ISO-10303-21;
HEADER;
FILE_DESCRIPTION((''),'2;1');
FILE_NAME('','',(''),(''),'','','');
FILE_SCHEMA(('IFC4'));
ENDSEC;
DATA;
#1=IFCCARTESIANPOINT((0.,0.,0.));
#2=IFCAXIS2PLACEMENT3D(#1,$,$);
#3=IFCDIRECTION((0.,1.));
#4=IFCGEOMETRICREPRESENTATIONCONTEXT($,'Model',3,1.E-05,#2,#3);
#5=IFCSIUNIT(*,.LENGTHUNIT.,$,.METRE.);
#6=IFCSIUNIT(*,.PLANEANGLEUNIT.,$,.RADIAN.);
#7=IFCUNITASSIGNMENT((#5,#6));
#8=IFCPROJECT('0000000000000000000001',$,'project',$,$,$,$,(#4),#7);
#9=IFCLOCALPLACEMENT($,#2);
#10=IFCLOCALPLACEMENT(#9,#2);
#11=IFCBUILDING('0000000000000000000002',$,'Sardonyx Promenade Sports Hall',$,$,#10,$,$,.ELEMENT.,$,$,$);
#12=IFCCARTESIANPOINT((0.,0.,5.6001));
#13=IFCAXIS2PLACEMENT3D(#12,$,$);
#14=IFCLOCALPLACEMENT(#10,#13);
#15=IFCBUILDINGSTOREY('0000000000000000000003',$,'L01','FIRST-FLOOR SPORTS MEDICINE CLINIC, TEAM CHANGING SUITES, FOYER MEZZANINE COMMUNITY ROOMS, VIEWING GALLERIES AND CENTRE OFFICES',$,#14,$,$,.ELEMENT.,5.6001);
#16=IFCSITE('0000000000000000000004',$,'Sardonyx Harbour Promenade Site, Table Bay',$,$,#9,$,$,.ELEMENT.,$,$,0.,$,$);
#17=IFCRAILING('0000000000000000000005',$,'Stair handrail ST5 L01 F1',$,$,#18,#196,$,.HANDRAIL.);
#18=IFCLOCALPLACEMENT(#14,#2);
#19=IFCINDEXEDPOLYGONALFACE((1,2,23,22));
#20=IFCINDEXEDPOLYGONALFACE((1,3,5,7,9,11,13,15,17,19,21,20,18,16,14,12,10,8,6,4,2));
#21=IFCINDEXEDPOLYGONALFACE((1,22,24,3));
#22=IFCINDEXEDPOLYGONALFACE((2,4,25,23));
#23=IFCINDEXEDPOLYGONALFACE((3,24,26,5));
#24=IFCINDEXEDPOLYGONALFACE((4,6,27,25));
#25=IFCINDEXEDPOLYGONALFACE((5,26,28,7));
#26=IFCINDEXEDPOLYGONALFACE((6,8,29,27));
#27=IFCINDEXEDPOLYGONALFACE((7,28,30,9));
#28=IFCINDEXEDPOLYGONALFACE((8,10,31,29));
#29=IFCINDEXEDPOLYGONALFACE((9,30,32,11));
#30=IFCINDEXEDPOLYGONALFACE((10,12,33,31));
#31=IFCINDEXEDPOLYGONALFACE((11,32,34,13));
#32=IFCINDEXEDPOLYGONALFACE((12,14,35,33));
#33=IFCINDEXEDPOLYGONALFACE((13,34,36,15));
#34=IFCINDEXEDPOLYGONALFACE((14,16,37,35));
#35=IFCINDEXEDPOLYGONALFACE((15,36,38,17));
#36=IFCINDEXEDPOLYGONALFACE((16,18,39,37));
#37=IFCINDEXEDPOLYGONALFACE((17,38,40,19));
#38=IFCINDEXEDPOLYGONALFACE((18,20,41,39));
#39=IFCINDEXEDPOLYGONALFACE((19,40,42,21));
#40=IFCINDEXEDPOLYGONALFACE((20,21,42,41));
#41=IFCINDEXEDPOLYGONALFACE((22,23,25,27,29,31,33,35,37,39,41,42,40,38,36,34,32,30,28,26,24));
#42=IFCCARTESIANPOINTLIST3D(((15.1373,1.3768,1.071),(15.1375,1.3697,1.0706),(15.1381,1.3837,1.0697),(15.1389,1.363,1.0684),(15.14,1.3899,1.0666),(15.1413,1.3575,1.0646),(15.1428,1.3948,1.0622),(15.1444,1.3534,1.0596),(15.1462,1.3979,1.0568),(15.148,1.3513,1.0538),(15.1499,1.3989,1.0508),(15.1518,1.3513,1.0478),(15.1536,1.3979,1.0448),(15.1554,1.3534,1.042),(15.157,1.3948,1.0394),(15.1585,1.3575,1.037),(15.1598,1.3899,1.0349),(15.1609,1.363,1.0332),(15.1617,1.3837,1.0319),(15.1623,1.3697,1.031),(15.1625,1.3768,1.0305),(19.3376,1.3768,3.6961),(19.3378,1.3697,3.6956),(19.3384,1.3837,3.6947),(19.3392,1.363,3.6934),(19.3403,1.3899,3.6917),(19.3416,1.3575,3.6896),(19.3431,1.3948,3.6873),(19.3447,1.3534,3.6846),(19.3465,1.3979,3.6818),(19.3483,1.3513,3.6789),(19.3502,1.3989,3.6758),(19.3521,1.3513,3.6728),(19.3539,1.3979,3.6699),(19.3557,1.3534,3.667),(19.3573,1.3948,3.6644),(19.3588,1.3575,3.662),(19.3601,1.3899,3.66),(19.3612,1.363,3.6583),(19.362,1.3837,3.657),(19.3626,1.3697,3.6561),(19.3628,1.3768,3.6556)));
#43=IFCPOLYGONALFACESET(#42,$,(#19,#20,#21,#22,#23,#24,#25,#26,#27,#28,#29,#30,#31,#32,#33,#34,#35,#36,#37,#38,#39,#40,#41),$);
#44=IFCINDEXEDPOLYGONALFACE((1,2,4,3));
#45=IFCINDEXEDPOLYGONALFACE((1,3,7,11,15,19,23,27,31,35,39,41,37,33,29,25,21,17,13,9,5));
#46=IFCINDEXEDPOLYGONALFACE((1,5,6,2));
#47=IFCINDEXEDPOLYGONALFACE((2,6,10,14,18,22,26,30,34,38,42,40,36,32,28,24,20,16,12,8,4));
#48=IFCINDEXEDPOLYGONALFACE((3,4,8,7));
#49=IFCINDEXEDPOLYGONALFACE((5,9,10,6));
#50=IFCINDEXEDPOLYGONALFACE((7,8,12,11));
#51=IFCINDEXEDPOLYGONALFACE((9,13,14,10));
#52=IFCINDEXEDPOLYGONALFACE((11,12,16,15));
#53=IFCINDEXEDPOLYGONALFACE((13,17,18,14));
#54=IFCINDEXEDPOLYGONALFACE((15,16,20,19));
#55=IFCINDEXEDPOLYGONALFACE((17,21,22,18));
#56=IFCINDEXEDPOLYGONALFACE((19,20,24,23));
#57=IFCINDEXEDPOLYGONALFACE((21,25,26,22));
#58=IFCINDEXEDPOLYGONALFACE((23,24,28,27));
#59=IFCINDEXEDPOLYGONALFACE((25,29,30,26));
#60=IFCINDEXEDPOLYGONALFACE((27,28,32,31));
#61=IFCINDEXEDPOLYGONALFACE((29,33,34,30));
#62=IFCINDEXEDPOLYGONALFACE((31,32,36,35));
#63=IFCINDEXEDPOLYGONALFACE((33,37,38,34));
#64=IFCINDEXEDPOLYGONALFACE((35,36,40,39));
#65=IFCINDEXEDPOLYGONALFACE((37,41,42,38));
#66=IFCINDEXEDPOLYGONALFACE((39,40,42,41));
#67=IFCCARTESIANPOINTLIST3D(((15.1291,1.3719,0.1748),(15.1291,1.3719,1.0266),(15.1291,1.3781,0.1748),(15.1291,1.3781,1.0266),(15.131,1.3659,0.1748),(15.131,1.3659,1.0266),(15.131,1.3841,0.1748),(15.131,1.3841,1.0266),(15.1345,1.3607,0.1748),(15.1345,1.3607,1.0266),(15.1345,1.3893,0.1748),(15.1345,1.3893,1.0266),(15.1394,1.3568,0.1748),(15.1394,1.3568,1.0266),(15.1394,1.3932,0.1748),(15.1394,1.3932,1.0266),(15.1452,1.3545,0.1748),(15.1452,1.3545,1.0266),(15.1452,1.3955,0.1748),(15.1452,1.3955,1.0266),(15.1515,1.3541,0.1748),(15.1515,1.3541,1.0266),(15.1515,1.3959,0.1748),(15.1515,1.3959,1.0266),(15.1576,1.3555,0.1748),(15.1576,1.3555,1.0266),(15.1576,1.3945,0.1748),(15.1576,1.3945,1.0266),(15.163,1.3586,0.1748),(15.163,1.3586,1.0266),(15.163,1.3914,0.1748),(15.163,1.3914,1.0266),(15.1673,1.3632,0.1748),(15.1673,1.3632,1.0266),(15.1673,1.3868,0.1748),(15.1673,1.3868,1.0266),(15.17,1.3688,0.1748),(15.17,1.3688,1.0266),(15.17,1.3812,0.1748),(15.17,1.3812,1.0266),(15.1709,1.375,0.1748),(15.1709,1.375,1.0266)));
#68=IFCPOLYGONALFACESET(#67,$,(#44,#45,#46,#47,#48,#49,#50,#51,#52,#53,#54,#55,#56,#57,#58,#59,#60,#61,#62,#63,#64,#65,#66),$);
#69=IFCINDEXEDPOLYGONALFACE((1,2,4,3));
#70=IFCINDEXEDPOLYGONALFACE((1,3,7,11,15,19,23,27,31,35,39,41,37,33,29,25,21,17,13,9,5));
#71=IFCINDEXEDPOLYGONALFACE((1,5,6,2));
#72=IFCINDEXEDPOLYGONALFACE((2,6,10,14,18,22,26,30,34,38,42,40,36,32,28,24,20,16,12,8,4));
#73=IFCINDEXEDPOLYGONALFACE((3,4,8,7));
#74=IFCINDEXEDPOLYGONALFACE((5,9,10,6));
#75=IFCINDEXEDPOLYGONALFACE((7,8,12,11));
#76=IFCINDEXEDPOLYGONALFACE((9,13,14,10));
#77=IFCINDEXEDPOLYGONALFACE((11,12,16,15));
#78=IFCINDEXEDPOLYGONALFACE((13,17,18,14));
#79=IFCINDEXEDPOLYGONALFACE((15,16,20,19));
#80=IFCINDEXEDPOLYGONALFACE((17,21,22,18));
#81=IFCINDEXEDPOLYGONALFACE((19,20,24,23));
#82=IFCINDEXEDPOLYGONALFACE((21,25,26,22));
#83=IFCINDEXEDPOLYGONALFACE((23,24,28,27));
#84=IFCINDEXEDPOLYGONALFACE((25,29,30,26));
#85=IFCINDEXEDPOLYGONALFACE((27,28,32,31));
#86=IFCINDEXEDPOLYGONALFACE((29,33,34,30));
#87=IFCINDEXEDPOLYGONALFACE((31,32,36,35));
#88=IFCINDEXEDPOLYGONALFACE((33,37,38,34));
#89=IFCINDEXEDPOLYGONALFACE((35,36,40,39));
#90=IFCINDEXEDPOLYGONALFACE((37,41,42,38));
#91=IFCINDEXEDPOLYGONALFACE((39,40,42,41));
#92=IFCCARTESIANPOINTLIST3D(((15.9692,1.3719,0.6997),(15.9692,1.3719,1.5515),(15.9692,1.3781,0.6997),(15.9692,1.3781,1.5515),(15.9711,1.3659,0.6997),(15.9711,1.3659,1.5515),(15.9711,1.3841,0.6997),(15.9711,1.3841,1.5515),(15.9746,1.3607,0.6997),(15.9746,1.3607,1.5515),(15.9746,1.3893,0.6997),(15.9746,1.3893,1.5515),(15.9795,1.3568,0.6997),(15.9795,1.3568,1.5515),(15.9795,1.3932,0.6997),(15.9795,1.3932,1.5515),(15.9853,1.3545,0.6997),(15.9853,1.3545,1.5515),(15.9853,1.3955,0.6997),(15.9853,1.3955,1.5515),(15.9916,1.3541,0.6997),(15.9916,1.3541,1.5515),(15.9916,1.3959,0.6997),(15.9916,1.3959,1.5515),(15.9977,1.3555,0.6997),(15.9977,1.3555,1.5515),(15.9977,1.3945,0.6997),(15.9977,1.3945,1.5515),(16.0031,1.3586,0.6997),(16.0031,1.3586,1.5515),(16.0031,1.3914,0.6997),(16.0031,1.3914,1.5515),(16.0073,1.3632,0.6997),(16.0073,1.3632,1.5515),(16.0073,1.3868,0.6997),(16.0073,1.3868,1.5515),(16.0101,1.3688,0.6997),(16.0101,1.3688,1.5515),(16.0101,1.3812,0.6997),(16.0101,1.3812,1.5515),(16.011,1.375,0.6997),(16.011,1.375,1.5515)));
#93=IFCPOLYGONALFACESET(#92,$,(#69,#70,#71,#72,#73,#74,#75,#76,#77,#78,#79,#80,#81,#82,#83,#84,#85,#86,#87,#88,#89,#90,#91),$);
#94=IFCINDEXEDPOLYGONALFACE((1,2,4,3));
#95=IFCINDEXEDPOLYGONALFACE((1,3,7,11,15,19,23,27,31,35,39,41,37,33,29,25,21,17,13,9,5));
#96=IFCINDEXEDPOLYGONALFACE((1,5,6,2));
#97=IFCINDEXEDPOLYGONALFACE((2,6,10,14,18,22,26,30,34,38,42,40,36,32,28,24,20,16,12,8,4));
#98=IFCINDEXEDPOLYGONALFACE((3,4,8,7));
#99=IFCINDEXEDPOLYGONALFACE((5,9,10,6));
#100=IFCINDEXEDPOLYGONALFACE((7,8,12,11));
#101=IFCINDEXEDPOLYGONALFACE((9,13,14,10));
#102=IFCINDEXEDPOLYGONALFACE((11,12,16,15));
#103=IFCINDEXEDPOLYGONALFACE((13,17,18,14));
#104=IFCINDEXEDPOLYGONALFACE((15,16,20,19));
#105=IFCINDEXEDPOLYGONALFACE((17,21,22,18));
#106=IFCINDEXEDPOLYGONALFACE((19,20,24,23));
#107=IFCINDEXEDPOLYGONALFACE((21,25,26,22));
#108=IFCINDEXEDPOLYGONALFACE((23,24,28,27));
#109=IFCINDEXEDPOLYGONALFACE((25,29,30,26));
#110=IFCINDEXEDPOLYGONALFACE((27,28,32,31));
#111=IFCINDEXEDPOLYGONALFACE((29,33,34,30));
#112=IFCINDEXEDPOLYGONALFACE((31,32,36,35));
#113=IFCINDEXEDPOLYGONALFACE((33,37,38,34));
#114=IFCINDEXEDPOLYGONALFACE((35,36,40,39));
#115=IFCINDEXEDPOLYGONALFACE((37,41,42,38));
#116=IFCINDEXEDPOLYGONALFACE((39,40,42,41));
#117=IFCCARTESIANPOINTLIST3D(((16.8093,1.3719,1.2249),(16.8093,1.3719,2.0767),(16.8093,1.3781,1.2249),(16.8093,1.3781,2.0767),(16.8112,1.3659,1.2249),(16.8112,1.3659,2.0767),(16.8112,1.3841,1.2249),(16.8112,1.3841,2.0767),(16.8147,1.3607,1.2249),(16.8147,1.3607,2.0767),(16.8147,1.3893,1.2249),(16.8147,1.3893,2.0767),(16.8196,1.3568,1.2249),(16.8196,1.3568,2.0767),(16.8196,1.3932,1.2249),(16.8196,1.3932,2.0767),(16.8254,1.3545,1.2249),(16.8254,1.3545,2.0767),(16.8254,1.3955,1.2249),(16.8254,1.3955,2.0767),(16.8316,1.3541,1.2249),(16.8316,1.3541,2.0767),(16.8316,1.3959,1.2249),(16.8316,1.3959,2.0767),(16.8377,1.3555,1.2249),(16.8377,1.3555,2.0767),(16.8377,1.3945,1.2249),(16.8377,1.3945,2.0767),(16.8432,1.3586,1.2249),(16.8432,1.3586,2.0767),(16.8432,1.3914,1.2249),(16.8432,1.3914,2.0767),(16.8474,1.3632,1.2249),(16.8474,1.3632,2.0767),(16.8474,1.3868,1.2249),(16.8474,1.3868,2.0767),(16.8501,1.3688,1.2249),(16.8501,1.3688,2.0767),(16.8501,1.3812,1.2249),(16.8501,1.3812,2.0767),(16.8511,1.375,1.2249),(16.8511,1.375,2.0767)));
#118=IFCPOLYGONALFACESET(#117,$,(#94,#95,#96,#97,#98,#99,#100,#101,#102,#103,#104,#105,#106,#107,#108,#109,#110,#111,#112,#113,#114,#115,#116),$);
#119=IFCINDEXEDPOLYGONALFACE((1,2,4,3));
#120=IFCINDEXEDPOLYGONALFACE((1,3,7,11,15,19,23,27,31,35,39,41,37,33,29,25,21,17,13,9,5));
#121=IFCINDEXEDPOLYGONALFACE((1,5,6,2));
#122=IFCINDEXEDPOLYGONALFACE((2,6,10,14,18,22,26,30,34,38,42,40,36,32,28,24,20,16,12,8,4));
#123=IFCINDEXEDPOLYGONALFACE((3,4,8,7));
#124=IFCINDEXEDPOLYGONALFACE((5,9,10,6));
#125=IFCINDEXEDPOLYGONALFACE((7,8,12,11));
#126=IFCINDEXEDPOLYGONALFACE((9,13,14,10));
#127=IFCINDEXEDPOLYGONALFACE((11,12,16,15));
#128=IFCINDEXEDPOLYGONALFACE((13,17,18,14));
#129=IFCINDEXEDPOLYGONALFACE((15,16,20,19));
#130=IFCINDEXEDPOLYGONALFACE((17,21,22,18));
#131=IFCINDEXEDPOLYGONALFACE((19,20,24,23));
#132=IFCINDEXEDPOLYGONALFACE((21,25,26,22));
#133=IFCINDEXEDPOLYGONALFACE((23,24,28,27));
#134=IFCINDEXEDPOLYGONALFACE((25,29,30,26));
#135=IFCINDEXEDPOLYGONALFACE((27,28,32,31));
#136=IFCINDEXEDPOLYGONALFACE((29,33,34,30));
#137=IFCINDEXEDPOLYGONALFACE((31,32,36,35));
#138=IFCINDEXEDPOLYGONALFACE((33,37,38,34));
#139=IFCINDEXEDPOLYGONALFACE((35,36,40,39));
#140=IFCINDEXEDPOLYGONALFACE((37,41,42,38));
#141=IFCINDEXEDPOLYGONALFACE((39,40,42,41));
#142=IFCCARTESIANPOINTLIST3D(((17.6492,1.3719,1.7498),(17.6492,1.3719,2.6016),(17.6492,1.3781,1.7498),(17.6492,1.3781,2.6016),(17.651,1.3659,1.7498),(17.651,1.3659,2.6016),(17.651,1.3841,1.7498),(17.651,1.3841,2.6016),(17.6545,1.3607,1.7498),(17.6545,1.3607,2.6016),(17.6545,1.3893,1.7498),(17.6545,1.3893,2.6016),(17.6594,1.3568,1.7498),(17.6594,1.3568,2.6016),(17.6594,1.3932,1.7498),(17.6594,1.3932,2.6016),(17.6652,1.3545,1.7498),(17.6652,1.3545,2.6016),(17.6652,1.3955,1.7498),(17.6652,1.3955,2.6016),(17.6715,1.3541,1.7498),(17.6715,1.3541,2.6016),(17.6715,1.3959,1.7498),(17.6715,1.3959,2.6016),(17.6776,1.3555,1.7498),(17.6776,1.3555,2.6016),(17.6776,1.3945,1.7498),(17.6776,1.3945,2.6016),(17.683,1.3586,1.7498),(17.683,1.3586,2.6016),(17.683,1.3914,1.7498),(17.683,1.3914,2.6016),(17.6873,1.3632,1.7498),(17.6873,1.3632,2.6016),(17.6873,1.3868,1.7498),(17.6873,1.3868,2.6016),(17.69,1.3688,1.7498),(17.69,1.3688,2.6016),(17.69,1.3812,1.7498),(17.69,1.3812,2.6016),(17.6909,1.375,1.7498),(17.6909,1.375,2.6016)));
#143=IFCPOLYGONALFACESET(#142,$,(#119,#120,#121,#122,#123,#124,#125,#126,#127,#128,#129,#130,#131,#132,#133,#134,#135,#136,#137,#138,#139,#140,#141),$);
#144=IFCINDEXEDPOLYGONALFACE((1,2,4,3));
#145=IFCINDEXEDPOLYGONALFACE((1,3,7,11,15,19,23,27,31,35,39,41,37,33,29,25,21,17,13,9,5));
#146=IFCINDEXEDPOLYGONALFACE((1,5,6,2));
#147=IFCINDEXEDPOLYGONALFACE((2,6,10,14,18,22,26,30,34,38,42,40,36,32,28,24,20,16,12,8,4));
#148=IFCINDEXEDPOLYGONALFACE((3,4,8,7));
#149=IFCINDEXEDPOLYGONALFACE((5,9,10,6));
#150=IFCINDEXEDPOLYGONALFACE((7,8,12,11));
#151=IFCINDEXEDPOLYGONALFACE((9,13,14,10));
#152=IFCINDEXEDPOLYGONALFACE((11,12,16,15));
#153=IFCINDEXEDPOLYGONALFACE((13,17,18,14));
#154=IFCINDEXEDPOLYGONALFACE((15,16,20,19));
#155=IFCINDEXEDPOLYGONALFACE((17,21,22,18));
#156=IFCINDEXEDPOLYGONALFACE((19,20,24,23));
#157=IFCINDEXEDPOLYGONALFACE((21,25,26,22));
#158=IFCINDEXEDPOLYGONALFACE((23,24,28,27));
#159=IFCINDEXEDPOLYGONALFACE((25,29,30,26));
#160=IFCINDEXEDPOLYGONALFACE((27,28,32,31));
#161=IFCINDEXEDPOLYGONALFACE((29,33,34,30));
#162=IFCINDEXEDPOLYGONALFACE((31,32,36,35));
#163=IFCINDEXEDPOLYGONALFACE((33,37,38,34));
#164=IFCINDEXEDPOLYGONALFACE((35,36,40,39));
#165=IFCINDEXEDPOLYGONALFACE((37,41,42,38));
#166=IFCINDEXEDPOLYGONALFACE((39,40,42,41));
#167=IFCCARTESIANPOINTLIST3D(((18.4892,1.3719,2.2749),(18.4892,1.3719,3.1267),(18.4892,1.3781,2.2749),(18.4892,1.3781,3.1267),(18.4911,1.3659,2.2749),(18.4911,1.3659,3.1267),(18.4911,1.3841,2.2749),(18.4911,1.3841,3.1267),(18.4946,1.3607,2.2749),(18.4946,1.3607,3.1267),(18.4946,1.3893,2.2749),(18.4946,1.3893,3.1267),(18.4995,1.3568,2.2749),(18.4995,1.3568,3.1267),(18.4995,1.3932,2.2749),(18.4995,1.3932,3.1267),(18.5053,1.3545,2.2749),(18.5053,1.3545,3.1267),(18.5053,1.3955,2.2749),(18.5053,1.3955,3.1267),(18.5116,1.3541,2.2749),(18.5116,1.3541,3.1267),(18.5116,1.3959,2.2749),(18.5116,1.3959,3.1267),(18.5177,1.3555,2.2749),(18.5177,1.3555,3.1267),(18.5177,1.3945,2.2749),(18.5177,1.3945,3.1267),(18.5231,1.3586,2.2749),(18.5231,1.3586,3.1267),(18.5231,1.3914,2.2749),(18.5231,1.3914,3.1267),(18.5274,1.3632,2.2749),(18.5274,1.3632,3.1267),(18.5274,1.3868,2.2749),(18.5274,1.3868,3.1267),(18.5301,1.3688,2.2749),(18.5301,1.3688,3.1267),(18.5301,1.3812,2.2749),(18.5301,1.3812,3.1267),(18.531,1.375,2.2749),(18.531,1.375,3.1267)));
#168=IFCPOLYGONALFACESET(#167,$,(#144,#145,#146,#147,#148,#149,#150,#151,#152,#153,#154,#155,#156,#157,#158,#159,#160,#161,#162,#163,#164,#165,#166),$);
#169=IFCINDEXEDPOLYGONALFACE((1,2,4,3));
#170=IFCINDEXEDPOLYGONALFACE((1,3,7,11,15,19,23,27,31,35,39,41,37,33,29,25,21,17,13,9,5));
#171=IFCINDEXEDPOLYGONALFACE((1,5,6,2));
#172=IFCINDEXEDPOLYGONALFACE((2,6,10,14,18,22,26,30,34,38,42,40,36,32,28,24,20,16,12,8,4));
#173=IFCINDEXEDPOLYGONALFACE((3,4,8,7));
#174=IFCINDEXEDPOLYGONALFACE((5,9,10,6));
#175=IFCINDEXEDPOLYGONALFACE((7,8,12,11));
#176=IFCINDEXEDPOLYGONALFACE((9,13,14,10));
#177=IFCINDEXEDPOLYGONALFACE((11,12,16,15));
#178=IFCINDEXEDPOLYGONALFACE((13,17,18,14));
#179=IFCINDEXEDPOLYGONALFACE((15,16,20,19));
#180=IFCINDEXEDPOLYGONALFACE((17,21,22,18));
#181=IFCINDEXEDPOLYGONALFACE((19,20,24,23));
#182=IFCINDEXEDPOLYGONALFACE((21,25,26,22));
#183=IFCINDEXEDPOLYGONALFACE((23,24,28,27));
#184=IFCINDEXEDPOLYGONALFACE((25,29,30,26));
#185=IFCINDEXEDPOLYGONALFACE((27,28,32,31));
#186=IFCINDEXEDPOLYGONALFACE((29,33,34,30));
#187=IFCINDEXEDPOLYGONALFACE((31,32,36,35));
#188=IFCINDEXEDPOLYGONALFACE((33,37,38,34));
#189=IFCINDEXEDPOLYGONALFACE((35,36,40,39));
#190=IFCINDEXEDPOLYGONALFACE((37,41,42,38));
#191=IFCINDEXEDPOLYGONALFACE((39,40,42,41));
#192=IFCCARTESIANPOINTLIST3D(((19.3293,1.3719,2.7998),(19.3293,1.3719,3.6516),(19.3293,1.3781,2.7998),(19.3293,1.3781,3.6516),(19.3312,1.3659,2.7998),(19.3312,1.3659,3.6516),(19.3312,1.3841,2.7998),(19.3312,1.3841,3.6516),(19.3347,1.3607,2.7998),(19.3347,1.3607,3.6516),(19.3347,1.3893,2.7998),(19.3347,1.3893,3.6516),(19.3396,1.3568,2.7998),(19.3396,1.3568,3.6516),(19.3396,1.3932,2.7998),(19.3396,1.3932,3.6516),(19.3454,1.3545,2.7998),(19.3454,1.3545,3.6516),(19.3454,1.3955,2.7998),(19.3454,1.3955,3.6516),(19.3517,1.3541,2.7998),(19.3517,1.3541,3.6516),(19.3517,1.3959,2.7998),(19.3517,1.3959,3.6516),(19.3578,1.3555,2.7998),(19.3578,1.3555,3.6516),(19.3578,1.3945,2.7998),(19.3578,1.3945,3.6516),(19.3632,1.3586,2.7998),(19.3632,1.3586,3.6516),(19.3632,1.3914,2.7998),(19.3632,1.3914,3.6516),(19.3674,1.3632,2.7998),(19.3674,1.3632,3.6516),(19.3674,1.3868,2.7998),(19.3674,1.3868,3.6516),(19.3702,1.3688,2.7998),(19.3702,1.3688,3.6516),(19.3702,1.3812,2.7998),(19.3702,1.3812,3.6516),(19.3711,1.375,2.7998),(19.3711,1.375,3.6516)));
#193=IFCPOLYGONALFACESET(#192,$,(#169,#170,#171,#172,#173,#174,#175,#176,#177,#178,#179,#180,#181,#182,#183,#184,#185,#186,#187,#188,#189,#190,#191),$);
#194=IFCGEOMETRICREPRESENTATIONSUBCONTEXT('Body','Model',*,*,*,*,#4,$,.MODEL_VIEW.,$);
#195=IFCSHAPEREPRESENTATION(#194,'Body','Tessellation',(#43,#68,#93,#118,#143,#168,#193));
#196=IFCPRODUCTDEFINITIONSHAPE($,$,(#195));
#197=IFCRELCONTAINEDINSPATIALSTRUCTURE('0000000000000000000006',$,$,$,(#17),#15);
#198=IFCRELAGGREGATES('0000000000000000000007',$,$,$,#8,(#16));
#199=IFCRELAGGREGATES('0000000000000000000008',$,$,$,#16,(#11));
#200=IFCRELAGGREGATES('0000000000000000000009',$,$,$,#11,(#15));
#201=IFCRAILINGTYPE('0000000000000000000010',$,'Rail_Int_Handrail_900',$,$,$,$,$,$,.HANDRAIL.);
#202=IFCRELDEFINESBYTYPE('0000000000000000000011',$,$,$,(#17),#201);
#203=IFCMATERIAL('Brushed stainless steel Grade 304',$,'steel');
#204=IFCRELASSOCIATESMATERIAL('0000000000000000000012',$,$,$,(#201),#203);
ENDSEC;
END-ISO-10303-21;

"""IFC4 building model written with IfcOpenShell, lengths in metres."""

from ifc_helpers import new_model, si_unit, direction, frame, origin, origin_2d, place, context, subcontext, project, spatial, circle, extrude, material, type_object, element, save


model = new_model("IFC4")

# Units and contexts
model_context = context("Model", 3, precision=1e-05, world=origin(), true_north=direction((0.0, 1.0)))
body_context = subcontext(model_context, "Body", "Model", "MODEL_VIEW")
ifc_project = project(units=[si_unit("LENGTHUNIT", "METRE"), si_unit("PLANEANGLEUNIT", "RADIAN")], contexts=[model_context])

# Site, building, storey
site_placement = place(None, origin())
site = spatial("IfcSite", under=ifc_project, at=site_placement, Name="Sardonyx Harbour Promenade Site, Table Bay", CompositionType="ELEMENT", RefElevation=0.0)
building_placement = place(site_placement, origin())
building = spatial("IfcBuilding", under=site, at=building_placement, Name="Sardonyx Promenade Sports Hall", CompositionType="ELEMENT")
storey_placement = place(building_placement, frame((0.0, 0.0, 5.6001)))
storey = spatial("IfcBuildingStorey", under=building, at=storey_placement, Name="L01", Description="FIRST-FLOOR SPORTS MEDICINE CLINIC, TEAM CHANGING SUITES, FOYER MEZZANINE COMMUNITY ROOMS, VIEWING GALLERIES AND CENTRE OFFICES", CompositionType="ELEMENT", Elevation=5.6001)

# Railing
ifc_material_1 = material(Name="Brushed stainless steel Grade 304", Category="steel")
railing_type_1 = type_object("IfcRailingType", Name="Rail_Int_Handrail_900", PredefinedType="HANDRAIL", material=ifc_material_1)
railing_1_placement = place(storey_placement, frame((15.1499, 1.375, 0.1748)))
element("IfcRailing", 1, at=railing_1_placement, inside=storey, type_object=railing_type_1, Name="Stair handrail ST5 L01 F1", PredefinedType="HANDRAIL", context=body_context, shape_type="SweptSolid", body=[
    extrude(circle(Radius=0.0239, at=origin_2d()), frame((0.0, 0.0, 0.876), z_axis=(0.848009, 0.0, 0.529981), x_axis=(0.0, 1.0, 0.0)), (0.0, 0.0, 1.0), 4.9531),
    extrude(circle(Radius=0.021, at=origin_2d()), origin(), (0.0, 0.0, 1.0), 0.8518),
    extrude(circle(Radius=0.021, at=origin_2d()), frame((0.8401, 0.0, 0.5249)), (0.0, 0.0, 1.0), 0.8518),
    extrude(circle(Radius=0.021, at=origin_2d()), frame((1.6802, 0.0, 1.05)), (0.0, 0.0, 1.0), 0.8518),
    extrude(circle(Radius=0.021, at=origin_2d()), frame((2.52, 0.0, 1.575)), (0.0, 0.0, 1.0), 0.8518),
    extrude(circle(Radius=0.021, at=origin_2d()), frame((3.3601, 0.0, 2.1001)), (0.0, 0.0, 1.0), 0.8518),
    extrude(circle(Radius=0.021, at=origin_2d()), frame((4.2002, 0.0, 2.625)), (0.0, 0.0, 1.0), 0.8518),
])

save(model, "model.ifc")
